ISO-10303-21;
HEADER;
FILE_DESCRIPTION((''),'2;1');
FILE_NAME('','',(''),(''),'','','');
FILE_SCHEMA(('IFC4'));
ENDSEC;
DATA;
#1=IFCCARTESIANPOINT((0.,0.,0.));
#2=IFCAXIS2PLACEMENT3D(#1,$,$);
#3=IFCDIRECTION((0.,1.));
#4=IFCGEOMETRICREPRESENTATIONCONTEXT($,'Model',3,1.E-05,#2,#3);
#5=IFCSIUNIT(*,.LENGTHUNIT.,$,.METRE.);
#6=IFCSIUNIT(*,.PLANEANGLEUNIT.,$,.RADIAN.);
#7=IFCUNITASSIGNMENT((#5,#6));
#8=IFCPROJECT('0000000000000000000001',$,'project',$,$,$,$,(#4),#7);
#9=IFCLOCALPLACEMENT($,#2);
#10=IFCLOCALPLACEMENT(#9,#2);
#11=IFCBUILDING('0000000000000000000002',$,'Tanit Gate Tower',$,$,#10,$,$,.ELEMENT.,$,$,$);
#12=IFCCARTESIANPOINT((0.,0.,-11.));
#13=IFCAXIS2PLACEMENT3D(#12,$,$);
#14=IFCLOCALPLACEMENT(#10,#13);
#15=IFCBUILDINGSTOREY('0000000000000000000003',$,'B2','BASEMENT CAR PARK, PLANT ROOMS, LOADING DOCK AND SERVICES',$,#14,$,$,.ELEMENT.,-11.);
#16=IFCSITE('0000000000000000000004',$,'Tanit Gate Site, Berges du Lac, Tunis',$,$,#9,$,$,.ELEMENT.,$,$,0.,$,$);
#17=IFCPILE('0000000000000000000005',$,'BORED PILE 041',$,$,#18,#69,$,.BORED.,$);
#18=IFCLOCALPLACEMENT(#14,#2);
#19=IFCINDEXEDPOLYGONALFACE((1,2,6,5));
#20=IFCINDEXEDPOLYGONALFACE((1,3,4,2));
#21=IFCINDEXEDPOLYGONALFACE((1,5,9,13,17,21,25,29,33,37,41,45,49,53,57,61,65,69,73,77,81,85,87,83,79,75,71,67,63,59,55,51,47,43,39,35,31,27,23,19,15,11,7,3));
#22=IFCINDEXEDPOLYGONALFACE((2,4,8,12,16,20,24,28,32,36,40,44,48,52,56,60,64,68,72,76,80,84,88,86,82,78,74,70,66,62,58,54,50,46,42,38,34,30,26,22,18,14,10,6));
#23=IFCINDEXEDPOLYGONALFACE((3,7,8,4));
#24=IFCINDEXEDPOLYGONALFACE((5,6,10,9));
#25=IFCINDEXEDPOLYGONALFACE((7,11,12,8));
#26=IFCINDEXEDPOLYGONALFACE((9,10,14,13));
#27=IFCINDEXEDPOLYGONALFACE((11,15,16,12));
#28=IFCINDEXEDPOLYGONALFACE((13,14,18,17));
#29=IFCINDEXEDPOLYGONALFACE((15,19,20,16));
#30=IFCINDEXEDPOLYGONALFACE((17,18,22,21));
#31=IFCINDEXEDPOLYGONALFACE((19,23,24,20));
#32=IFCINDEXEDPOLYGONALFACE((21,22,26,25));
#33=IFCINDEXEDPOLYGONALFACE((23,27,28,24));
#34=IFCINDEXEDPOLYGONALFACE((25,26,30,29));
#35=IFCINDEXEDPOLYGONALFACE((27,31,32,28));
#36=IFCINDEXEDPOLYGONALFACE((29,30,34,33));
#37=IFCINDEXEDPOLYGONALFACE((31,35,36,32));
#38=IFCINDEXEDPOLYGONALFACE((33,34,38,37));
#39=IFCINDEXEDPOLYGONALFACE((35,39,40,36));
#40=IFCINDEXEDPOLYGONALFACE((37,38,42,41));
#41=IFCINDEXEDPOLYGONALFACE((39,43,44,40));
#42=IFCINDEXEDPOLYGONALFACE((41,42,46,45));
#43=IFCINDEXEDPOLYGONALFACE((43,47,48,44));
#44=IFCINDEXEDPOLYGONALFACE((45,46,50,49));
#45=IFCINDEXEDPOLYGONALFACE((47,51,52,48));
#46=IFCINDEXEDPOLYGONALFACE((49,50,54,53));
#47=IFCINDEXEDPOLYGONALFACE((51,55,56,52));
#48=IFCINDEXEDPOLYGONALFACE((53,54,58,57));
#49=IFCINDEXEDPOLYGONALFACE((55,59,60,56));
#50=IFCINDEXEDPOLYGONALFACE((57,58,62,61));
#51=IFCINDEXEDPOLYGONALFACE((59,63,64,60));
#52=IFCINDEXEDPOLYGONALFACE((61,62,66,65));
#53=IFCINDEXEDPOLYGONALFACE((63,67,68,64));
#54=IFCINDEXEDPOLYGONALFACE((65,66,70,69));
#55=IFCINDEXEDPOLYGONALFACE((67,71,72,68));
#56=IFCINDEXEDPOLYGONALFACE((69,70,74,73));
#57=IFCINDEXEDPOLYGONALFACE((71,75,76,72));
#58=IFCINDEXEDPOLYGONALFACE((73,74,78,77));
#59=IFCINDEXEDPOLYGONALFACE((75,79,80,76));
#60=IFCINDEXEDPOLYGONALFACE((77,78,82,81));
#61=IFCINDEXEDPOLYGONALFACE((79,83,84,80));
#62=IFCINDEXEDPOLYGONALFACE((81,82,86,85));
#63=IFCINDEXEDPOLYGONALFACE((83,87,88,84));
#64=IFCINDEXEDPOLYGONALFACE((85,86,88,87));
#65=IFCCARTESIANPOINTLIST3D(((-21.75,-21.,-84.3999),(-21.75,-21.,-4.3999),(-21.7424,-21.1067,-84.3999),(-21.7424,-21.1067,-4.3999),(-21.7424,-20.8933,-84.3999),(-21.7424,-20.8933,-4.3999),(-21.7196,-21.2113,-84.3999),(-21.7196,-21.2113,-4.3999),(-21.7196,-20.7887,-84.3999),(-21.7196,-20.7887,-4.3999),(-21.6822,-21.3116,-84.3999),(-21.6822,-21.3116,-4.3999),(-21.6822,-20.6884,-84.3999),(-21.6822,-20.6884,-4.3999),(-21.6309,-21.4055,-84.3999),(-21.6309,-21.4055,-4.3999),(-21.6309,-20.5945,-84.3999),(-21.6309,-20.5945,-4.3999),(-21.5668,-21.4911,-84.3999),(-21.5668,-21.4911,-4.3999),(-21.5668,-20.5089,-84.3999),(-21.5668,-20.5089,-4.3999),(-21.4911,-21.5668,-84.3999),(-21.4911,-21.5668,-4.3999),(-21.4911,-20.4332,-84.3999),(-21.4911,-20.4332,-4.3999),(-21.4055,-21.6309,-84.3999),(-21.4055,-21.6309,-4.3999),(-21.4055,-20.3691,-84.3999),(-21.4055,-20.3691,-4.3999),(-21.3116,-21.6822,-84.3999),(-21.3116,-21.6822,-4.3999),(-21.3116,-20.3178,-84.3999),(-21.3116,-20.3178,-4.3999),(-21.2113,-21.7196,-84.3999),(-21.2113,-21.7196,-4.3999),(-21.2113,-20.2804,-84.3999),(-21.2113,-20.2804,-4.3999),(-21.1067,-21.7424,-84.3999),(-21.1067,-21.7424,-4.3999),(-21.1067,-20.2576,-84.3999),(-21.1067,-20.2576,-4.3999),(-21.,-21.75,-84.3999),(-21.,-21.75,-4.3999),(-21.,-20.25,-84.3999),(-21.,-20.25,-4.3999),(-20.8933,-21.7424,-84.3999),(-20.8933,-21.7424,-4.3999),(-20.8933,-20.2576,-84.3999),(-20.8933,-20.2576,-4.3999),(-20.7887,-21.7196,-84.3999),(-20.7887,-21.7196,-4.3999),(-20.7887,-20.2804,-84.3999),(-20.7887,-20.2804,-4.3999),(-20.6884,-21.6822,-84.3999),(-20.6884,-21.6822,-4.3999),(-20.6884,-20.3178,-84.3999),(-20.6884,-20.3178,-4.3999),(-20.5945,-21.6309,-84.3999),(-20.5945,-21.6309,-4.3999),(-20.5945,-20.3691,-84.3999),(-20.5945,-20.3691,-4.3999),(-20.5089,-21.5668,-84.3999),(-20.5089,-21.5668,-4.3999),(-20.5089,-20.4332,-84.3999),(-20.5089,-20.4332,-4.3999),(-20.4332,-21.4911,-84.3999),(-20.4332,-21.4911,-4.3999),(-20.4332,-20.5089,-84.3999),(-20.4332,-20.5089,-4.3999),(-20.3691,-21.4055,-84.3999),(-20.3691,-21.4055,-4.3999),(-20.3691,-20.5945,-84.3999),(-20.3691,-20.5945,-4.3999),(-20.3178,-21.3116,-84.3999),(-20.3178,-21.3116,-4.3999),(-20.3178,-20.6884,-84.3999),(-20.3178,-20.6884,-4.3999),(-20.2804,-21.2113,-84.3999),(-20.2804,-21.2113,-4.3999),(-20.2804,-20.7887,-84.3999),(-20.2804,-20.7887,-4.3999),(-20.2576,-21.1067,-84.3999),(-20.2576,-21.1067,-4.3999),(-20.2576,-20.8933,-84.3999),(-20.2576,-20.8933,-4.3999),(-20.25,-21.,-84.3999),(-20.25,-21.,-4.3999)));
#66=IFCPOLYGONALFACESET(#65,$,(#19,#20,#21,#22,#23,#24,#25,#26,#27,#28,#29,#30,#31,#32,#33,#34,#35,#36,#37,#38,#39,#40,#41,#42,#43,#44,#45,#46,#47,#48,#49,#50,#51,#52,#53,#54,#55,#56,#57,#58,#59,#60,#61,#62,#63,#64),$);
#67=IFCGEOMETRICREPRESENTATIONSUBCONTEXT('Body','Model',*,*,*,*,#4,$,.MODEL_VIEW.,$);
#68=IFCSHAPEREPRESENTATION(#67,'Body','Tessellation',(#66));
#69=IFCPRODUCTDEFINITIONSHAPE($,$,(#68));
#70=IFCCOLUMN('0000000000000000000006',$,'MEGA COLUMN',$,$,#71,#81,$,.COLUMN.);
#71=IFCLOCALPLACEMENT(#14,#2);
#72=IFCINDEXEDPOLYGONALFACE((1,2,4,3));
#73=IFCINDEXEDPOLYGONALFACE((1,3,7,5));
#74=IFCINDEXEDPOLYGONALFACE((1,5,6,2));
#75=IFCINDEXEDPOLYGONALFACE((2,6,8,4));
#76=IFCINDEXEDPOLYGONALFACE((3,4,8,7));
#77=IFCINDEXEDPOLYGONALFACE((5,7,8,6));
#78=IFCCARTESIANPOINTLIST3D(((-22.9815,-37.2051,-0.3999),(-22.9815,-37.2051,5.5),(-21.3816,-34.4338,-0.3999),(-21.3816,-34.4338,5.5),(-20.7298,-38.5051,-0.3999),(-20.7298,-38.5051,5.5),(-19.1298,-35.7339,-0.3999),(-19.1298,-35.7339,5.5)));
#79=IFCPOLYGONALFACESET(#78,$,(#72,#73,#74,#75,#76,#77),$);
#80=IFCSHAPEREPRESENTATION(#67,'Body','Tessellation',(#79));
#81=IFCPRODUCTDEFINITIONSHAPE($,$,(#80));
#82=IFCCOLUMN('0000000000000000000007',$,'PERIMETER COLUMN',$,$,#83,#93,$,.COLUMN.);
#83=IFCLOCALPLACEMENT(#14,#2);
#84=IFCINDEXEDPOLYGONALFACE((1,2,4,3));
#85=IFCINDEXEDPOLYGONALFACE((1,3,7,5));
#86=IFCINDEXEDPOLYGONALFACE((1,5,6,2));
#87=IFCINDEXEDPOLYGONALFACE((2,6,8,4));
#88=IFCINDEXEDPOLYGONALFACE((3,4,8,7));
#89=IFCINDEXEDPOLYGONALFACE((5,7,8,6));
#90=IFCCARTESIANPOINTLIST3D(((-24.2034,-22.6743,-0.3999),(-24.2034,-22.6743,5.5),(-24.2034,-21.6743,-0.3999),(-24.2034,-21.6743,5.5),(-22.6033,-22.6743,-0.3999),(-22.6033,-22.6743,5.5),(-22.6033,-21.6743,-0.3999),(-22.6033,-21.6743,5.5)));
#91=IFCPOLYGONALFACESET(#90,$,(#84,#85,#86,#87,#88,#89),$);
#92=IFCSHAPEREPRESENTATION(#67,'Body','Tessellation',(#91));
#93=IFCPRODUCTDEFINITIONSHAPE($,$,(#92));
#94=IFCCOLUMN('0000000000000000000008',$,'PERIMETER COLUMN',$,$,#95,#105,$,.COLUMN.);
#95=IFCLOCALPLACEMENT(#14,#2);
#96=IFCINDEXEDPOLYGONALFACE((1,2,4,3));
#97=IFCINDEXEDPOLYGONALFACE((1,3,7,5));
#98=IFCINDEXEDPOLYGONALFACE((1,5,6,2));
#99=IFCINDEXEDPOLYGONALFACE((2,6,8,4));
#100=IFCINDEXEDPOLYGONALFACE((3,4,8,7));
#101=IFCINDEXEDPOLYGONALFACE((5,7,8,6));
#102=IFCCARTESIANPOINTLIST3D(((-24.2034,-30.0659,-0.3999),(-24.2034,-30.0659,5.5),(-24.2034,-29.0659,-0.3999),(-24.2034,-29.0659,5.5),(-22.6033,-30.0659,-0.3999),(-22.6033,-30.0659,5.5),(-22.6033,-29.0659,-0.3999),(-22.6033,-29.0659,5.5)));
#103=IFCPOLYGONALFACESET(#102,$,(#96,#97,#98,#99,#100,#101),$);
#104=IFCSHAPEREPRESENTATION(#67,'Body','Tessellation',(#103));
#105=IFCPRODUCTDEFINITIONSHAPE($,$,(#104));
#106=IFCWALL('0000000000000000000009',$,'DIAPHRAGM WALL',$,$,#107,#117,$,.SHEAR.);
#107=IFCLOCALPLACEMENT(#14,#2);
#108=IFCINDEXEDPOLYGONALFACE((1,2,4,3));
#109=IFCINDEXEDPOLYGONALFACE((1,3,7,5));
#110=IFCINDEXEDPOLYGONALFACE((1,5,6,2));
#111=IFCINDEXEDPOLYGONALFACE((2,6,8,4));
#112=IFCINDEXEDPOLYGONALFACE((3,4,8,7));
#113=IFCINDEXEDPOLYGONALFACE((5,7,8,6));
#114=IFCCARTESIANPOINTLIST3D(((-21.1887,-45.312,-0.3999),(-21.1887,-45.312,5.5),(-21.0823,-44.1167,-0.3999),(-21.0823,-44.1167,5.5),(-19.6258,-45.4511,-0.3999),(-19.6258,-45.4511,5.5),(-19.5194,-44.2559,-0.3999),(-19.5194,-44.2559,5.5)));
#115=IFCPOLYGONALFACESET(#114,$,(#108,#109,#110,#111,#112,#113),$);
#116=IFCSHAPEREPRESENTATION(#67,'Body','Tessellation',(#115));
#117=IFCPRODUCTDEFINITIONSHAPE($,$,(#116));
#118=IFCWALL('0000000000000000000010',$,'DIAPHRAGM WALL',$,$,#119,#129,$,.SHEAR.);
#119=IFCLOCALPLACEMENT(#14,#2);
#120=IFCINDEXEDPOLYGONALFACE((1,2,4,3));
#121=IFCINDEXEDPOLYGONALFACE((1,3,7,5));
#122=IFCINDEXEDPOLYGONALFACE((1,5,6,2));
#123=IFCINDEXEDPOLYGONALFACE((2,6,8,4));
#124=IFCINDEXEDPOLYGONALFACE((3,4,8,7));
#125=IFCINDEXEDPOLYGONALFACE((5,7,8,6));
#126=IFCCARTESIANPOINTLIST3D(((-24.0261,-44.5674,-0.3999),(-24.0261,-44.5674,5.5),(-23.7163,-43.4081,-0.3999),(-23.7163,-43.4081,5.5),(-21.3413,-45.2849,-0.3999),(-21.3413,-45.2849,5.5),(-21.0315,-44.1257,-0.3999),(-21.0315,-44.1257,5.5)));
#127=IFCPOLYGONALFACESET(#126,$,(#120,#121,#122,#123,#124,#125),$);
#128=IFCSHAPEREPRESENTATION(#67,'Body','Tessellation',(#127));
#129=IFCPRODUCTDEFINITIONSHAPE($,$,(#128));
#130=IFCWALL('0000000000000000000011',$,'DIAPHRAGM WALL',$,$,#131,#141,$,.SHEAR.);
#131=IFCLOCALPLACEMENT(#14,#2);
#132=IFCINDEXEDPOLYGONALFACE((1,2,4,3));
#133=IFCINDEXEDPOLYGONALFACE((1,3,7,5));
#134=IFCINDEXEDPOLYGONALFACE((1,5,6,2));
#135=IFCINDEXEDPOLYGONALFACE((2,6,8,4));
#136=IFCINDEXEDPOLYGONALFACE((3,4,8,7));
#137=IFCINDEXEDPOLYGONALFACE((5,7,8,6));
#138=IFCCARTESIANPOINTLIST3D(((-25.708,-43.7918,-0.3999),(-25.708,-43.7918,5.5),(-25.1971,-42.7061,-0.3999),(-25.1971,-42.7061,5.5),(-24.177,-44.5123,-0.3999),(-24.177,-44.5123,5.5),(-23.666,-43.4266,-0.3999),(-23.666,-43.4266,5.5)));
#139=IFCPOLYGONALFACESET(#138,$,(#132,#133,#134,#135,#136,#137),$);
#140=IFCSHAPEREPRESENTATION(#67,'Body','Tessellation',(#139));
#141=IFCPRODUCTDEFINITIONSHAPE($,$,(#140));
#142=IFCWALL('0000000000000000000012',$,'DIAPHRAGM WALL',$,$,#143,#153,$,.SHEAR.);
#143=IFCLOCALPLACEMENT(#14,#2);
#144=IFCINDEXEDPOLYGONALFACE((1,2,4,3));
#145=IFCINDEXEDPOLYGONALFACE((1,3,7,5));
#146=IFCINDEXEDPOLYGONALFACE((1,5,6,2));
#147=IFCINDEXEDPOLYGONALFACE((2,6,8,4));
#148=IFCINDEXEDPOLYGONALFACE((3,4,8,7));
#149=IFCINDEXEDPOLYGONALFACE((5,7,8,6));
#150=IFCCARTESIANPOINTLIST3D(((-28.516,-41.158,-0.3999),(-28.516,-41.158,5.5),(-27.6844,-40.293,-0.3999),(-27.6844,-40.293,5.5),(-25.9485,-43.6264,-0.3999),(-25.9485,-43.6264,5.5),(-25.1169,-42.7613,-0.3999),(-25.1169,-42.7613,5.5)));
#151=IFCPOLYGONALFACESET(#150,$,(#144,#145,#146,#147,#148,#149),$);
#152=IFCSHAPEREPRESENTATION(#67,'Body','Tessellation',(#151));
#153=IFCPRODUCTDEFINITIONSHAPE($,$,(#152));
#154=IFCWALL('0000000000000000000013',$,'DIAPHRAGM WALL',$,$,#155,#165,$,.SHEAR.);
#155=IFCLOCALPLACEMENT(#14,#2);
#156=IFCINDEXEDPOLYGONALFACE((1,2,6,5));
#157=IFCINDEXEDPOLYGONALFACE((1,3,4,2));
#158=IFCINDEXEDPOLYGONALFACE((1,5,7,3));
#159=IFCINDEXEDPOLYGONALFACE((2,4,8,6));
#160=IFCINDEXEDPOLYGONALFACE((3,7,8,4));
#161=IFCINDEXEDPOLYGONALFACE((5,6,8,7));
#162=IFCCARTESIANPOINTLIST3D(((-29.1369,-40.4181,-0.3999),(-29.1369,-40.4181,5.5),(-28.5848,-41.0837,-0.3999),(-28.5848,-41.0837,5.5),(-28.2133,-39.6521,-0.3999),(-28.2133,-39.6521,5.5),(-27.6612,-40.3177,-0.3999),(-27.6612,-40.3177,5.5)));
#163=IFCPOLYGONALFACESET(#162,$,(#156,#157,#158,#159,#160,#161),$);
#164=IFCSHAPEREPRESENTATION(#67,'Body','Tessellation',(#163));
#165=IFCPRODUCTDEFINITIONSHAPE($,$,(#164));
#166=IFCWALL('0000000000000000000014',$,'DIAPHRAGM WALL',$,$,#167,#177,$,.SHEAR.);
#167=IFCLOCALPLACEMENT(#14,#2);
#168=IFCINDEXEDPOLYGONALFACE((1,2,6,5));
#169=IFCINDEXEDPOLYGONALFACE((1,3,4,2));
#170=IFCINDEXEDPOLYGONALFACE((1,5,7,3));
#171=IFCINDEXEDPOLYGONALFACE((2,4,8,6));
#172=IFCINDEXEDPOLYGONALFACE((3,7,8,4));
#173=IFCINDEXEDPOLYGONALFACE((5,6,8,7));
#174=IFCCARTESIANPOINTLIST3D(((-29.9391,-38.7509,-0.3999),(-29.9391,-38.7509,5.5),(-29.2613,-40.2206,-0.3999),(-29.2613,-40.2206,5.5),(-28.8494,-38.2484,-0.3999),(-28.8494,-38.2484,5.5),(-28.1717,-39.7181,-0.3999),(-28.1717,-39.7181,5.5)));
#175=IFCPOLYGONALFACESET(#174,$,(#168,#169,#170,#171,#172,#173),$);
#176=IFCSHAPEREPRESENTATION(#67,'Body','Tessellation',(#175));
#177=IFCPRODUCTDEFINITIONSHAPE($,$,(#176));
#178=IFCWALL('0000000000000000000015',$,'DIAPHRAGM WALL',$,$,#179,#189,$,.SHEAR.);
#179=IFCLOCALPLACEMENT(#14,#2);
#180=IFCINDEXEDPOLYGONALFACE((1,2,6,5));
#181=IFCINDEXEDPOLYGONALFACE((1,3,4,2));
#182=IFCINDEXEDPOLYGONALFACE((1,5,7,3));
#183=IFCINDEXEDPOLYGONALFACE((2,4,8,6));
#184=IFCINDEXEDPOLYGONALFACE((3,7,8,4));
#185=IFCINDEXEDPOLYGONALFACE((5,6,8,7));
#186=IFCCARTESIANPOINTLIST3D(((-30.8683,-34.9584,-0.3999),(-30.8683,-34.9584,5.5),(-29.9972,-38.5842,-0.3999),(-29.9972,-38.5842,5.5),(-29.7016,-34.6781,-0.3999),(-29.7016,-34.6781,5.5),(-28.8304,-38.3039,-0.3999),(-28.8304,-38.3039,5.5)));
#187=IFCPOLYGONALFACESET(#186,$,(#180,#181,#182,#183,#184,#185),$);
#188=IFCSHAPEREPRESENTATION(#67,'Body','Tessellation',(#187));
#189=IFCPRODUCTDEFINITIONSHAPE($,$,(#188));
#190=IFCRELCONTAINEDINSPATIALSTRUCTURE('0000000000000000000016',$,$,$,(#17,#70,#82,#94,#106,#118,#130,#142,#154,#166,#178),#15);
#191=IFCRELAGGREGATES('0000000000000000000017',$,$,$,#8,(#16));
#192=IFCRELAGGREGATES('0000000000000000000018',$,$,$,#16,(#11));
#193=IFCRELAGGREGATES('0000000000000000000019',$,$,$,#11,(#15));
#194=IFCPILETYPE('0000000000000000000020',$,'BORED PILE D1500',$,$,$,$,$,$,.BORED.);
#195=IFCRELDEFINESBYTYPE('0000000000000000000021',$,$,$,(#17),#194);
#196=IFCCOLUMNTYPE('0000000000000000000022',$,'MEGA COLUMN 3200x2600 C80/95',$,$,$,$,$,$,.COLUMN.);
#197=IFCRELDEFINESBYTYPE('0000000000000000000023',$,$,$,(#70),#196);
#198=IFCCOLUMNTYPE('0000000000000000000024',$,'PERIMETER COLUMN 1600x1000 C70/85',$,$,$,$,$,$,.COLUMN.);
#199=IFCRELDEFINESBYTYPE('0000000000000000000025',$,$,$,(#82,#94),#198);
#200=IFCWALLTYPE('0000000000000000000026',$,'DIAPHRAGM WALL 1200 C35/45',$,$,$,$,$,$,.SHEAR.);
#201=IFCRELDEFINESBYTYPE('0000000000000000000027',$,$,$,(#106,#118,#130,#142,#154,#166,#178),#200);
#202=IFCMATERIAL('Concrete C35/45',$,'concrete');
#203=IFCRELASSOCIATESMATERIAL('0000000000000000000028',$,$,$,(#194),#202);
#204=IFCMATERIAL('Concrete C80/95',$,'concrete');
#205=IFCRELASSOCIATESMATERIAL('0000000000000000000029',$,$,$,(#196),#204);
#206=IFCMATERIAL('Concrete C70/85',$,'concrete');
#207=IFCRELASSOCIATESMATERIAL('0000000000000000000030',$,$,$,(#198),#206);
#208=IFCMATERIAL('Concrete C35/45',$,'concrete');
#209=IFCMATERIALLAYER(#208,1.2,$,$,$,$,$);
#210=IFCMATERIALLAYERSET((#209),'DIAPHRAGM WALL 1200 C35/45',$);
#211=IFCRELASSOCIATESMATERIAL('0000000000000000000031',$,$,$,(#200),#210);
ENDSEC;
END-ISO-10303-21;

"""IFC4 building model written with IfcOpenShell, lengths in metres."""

from ifc_helpers import new_model, si_unit, direction, frame, frame_2d, origin, origin_2d, place, context, subcontext, project, spatial, rectangle, circle, extrude, material, layer, layer_set, material_profile, profile_set, type_object, element, save


model = new_model("IFC4")

# Units and contexts
model_context = context("Model", 3, precision=1e-05, world=origin(), true_north=direction((0.0, 1.0)))
body_context = subcontext(model_context, "Body", "Model", "MODEL_VIEW")
ifc_project = project(units=[si_unit("LENGTHUNIT", "METRE"), si_unit("PLANEANGLEUNIT", "RADIAN")], contexts=[model_context])

# Site, building, storey
site_placement = place(None, origin())
site = spatial("IfcSite", under=ifc_project, at=site_placement, Name="Tanit Gate Site, Berges du Lac, Tunis", CompositionType="ELEMENT", RefElevation=0.0)
building_placement = place(site_placement, origin())
building = spatial("IfcBuilding", under=site, at=building_placement, Name="Tanit Gate Tower", CompositionType="ELEMENT")
storey_placement = place(building_placement, frame((0.0, 0.0, -11.0)))
storey = spatial("IfcBuildingStorey", under=building, at=storey_placement, Name="B2", Description="BASEMENT CAR PARK, PLANT ROOMS, LOADING DOCK AND SERVICES", CompositionType="ELEMENT", Elevation=-11.0)

# Pile
ifc_material_1 = material(Name="Concrete C35/45", Category="concrete")
ifc_material_profile_1 = material_profile(ifc_material_1, circle(Radius=0.75, at=origin_2d()), Name="BORED PILE D1500 C35/45")
ifc_profile_set_1 = profile_set([ifc_material_profile_1], Name="Concrete C35/45")
pile_type = type_object("IfcPileType", Name="BORED PILE D1500", PredefinedType="BORED", material=ifc_profile_set_1)
for number, where, z_axis, x_axis, name in (
    (1, (-21.0, -21.0, -4.3999), (0.0, 0.0, -1.0), (1.0, 0.0, 0.0), "BORED PILE 041"),
):
    element("IfcPile", number, at=place(storey_placement, frame(where, z_axis=z_axis, x_axis=x_axis)), inside=storey, type_object=pile_type, Name=name, PredefinedType="BORED", context=body_context, shape_type="SweptSolid", body=[
        extrude(circle(Radius=0.75, at=origin_2d()), origin(), (0.0, 0.0, 1.0), 80.0),
    ])

# Columns
ifc_material_2 = material(Name="Concrete C80/95", Category="concrete")
ifc_material_profile_2 = material_profile(ifc_material_2, rectangle(XDim=3.2, YDim=2.6001, at=origin_2d()), Name="RC 3200x2600")
ifc_profile_set_2 = profile_set([ifc_material_profile_2], Name="Concrete C80/95")
column_type_1 = type_object("IfcColumnType", Name="MEGA COLUMN 3200x2600 C80/95", PredefinedType="COLUMN", material=ifc_profile_set_2)
column_placement = place(storey_placement, frame((-21.0557, -36.4695, -0.3999), z_axis=(0.0, 0.0, 1.0), x_axis=(-0.5, -0.866025, 0.0)))
element("IfcColumn", 2, at=column_placement, inside=storey, type_object=column_type_1, Name="MEGA COLUMN", PredefinedType="COLUMN", context=body_context, shape_type="SweptSolid", body=[
    extrude(rectangle(XDim=3.2, YDim=2.6001, at=origin_2d()), origin(), (0.0, 0.0, 1.0), 5.8999),
])
ifc_material_3 = material(Name="Concrete C70/85", Category="concrete")
ifc_material_profile_3 = material_profile(ifc_material_3, rectangle(XDim=1.6001, YDim=1.0, at=origin_2d()), Name="RC 1600x1000")
ifc_profile_set_3 = profile_set([ifc_material_profile_3], Name="Concrete C70/85")
column_type_2 = type_object("IfcColumnType", Name="PERIMETER COLUMN 1600x1000 C70/85", PredefinedType="COLUMN", material=ifc_profile_set_3)
for number, where, z_axis, x_axis, name in (
    (3, (-23.4033, -22.1743, -0.3999), (0.0, 0.0, 1.0), (-1.0, 0.0, 0.0), "PERIMETER COLUMN"),
    (4, (-23.4033, -29.5659, -0.3999), (0.0, 0.0, 1.0), (-1.0, 0.0, 0.0), "PERIMETER COLUMN"),
):
    element("IfcColumn", number, at=place(storey_placement, frame(where, z_axis=z_axis, x_axis=x_axis)), inside=storey, type_object=column_type_2, Name=name, PredefinedType="COLUMN", context=body_context, shape_type="SweptSolid", body=[
        extrude(rectangle(XDim=1.6001, YDim=1.0, at=origin_2d()), origin(), (0.0, 0.0, 1.0), 5.8999),
    ])

# Walls
ifc_material_4 = material(Name="Concrete C35/45", Category="concrete")
ifc_layer_1 = layer(ifc_material_4, 1.2)
ifc_layer_set_1 = layer_set([ifc_layer_1], Name="DIAPHRAGM WALL 1200 C35/45")
wall_type_1 = type_object("IfcWallType", Name="DIAPHRAGM WALL 1200 C35/45", PredefinedType="SHEAR", material=ifc_layer_set_1)
wall_1_placement = place(storey_placement, frame((-19.5725, -44.8535, -0.3999), z_axis=(0.0, 0.0, 1.0), x_axis=(-0.99606, 0.088684, 0.0)))
element("IfcWall", 5, at=wall_1_placement, inside=storey, type_object=wall_type_1, Name="DIAPHRAGM WALL", PredefinedType="SHEAR", context=body_context, shape_type="SweptSolid", body=[
    extrude(rectangle(XDim=1.5691, YDim=1.2, at=frame_2d((0.7847, 0.0))), origin(), (0.0, 0.0, 1.0), 5.8999),
])
wall_2_placement = place(storey_placement, frame((-21.1863, -44.7053, -0.3999), z_axis=(0.0, 0.0, 1.0), x_axis=(-0.966093, 0.258193, 0.0)))
element("IfcWall", 6, at=wall_2_placement, inside=storey, type_object=wall_type_1, Name="DIAPHRAGM WALL", PredefinedType="SHEAR", context=body_context, shape_type="SweptSolid", body=[
    extrude(rectangle(XDim=2.7791, YDim=1.2, at=frame_2d((1.3896, 0.0))), origin(), (0.0, 0.0, 1.0), 5.8999),
])
wall_3_placement = place(storey_placement, frame((-23.9214, -43.9695, -0.3999), z_axis=(0.0, 0.0, 1.0), x_axis=(-0.904822, 0.42579, 0.0)))
element("IfcWall", 7, at=wall_3_placement, inside=storey, type_object=wall_type_1, Name="DIAPHRAGM WALL", PredefinedType="SHEAR", context=body_context, shape_type="SweptSolid", body=[
    extrude(rectangle(XDim=1.6921, YDim=1.2, at=frame_2d((0.8462, 0.0))), origin(), (0.0, 0.0, 1.0), 5.8999),
])
wall_4_placement = place(storey_placement, frame((-25.5327, -43.1938, -0.3999), z_axis=(0.0, 0.0, 1.0), x_axis=(-0.720886, 0.693054, 0.0)))
element("IfcWall", 8, at=wall_4_placement, inside=storey, type_object=wall_type_1, Name="DIAPHRAGM WALL", PredefinedType="SHEAR", context=body_context, shape_type="SweptSolid", body=[
    extrude(rectangle(XDim=3.5615, YDim=1.2, at=frame_2d((1.7808, 0.0))), origin(), (0.0, 0.0, 1.0), 5.8999),
])
wall_5_placement = place(storey_placement, frame((-28.123, -40.7007, -0.3999), z_axis=(0.0, 0.0, 1.0), x_axis=(-0.638405, 0.7697, 0.0)))
element("IfcWall", 9, at=wall_5_placement, inside=storey, type_object=wall_type_1, Name="DIAPHRAGM WALL", PredefinedType="SHEAR", context=body_context, shape_type="SweptSolid", body=[
    extrude(rectangle(XDim=0.8647, YDim=1.2, at=frame_2d((0.4324, 0.0))), origin(), (0.0, 0.0, 1.0), 5.8999),
])
wall_6_placement = place(storey_placement, frame((-28.7166, -39.9692, -0.3999), z_axis=(0.0, 0.0, 1.0), x_axis=(-0.418752, 0.908101, 0.0)))
element("IfcWall", 10, at=wall_6_placement, inside=storey, type_object=wall_type_1, Name="DIAPHRAGM WALL", PredefinedType="SHEAR", context=body_context, shape_type="SweptSolid", body=[
    extrude(rectangle(XDim=1.6184, YDim=1.2, at=frame_2d((0.8091, 0.0))), origin(), (0.0, 0.0, 1.0), 5.8999),
])
wall_7_placement = place(storey_placement, frame((-29.4138, -38.4441, -0.3999), z_axis=(0.0, 0.0, 1.0), x_axis=(-0.233606, 0.972331, 0.0)))
element("IfcWall", 11, at=wall_7_placement, inside=storey, type_object=wall_type_1, Name="DIAPHRAGM WALL", PredefinedType="SHEAR", context=body_context, shape_type="SweptSolid", body=[
    extrude(rectangle(XDim=3.729, YDim=1.2, at=frame_2d((1.8645, 0.0))), origin(), (0.0, 0.0, 1.0), 5.8999),
])

save(model, "model.ifc")
